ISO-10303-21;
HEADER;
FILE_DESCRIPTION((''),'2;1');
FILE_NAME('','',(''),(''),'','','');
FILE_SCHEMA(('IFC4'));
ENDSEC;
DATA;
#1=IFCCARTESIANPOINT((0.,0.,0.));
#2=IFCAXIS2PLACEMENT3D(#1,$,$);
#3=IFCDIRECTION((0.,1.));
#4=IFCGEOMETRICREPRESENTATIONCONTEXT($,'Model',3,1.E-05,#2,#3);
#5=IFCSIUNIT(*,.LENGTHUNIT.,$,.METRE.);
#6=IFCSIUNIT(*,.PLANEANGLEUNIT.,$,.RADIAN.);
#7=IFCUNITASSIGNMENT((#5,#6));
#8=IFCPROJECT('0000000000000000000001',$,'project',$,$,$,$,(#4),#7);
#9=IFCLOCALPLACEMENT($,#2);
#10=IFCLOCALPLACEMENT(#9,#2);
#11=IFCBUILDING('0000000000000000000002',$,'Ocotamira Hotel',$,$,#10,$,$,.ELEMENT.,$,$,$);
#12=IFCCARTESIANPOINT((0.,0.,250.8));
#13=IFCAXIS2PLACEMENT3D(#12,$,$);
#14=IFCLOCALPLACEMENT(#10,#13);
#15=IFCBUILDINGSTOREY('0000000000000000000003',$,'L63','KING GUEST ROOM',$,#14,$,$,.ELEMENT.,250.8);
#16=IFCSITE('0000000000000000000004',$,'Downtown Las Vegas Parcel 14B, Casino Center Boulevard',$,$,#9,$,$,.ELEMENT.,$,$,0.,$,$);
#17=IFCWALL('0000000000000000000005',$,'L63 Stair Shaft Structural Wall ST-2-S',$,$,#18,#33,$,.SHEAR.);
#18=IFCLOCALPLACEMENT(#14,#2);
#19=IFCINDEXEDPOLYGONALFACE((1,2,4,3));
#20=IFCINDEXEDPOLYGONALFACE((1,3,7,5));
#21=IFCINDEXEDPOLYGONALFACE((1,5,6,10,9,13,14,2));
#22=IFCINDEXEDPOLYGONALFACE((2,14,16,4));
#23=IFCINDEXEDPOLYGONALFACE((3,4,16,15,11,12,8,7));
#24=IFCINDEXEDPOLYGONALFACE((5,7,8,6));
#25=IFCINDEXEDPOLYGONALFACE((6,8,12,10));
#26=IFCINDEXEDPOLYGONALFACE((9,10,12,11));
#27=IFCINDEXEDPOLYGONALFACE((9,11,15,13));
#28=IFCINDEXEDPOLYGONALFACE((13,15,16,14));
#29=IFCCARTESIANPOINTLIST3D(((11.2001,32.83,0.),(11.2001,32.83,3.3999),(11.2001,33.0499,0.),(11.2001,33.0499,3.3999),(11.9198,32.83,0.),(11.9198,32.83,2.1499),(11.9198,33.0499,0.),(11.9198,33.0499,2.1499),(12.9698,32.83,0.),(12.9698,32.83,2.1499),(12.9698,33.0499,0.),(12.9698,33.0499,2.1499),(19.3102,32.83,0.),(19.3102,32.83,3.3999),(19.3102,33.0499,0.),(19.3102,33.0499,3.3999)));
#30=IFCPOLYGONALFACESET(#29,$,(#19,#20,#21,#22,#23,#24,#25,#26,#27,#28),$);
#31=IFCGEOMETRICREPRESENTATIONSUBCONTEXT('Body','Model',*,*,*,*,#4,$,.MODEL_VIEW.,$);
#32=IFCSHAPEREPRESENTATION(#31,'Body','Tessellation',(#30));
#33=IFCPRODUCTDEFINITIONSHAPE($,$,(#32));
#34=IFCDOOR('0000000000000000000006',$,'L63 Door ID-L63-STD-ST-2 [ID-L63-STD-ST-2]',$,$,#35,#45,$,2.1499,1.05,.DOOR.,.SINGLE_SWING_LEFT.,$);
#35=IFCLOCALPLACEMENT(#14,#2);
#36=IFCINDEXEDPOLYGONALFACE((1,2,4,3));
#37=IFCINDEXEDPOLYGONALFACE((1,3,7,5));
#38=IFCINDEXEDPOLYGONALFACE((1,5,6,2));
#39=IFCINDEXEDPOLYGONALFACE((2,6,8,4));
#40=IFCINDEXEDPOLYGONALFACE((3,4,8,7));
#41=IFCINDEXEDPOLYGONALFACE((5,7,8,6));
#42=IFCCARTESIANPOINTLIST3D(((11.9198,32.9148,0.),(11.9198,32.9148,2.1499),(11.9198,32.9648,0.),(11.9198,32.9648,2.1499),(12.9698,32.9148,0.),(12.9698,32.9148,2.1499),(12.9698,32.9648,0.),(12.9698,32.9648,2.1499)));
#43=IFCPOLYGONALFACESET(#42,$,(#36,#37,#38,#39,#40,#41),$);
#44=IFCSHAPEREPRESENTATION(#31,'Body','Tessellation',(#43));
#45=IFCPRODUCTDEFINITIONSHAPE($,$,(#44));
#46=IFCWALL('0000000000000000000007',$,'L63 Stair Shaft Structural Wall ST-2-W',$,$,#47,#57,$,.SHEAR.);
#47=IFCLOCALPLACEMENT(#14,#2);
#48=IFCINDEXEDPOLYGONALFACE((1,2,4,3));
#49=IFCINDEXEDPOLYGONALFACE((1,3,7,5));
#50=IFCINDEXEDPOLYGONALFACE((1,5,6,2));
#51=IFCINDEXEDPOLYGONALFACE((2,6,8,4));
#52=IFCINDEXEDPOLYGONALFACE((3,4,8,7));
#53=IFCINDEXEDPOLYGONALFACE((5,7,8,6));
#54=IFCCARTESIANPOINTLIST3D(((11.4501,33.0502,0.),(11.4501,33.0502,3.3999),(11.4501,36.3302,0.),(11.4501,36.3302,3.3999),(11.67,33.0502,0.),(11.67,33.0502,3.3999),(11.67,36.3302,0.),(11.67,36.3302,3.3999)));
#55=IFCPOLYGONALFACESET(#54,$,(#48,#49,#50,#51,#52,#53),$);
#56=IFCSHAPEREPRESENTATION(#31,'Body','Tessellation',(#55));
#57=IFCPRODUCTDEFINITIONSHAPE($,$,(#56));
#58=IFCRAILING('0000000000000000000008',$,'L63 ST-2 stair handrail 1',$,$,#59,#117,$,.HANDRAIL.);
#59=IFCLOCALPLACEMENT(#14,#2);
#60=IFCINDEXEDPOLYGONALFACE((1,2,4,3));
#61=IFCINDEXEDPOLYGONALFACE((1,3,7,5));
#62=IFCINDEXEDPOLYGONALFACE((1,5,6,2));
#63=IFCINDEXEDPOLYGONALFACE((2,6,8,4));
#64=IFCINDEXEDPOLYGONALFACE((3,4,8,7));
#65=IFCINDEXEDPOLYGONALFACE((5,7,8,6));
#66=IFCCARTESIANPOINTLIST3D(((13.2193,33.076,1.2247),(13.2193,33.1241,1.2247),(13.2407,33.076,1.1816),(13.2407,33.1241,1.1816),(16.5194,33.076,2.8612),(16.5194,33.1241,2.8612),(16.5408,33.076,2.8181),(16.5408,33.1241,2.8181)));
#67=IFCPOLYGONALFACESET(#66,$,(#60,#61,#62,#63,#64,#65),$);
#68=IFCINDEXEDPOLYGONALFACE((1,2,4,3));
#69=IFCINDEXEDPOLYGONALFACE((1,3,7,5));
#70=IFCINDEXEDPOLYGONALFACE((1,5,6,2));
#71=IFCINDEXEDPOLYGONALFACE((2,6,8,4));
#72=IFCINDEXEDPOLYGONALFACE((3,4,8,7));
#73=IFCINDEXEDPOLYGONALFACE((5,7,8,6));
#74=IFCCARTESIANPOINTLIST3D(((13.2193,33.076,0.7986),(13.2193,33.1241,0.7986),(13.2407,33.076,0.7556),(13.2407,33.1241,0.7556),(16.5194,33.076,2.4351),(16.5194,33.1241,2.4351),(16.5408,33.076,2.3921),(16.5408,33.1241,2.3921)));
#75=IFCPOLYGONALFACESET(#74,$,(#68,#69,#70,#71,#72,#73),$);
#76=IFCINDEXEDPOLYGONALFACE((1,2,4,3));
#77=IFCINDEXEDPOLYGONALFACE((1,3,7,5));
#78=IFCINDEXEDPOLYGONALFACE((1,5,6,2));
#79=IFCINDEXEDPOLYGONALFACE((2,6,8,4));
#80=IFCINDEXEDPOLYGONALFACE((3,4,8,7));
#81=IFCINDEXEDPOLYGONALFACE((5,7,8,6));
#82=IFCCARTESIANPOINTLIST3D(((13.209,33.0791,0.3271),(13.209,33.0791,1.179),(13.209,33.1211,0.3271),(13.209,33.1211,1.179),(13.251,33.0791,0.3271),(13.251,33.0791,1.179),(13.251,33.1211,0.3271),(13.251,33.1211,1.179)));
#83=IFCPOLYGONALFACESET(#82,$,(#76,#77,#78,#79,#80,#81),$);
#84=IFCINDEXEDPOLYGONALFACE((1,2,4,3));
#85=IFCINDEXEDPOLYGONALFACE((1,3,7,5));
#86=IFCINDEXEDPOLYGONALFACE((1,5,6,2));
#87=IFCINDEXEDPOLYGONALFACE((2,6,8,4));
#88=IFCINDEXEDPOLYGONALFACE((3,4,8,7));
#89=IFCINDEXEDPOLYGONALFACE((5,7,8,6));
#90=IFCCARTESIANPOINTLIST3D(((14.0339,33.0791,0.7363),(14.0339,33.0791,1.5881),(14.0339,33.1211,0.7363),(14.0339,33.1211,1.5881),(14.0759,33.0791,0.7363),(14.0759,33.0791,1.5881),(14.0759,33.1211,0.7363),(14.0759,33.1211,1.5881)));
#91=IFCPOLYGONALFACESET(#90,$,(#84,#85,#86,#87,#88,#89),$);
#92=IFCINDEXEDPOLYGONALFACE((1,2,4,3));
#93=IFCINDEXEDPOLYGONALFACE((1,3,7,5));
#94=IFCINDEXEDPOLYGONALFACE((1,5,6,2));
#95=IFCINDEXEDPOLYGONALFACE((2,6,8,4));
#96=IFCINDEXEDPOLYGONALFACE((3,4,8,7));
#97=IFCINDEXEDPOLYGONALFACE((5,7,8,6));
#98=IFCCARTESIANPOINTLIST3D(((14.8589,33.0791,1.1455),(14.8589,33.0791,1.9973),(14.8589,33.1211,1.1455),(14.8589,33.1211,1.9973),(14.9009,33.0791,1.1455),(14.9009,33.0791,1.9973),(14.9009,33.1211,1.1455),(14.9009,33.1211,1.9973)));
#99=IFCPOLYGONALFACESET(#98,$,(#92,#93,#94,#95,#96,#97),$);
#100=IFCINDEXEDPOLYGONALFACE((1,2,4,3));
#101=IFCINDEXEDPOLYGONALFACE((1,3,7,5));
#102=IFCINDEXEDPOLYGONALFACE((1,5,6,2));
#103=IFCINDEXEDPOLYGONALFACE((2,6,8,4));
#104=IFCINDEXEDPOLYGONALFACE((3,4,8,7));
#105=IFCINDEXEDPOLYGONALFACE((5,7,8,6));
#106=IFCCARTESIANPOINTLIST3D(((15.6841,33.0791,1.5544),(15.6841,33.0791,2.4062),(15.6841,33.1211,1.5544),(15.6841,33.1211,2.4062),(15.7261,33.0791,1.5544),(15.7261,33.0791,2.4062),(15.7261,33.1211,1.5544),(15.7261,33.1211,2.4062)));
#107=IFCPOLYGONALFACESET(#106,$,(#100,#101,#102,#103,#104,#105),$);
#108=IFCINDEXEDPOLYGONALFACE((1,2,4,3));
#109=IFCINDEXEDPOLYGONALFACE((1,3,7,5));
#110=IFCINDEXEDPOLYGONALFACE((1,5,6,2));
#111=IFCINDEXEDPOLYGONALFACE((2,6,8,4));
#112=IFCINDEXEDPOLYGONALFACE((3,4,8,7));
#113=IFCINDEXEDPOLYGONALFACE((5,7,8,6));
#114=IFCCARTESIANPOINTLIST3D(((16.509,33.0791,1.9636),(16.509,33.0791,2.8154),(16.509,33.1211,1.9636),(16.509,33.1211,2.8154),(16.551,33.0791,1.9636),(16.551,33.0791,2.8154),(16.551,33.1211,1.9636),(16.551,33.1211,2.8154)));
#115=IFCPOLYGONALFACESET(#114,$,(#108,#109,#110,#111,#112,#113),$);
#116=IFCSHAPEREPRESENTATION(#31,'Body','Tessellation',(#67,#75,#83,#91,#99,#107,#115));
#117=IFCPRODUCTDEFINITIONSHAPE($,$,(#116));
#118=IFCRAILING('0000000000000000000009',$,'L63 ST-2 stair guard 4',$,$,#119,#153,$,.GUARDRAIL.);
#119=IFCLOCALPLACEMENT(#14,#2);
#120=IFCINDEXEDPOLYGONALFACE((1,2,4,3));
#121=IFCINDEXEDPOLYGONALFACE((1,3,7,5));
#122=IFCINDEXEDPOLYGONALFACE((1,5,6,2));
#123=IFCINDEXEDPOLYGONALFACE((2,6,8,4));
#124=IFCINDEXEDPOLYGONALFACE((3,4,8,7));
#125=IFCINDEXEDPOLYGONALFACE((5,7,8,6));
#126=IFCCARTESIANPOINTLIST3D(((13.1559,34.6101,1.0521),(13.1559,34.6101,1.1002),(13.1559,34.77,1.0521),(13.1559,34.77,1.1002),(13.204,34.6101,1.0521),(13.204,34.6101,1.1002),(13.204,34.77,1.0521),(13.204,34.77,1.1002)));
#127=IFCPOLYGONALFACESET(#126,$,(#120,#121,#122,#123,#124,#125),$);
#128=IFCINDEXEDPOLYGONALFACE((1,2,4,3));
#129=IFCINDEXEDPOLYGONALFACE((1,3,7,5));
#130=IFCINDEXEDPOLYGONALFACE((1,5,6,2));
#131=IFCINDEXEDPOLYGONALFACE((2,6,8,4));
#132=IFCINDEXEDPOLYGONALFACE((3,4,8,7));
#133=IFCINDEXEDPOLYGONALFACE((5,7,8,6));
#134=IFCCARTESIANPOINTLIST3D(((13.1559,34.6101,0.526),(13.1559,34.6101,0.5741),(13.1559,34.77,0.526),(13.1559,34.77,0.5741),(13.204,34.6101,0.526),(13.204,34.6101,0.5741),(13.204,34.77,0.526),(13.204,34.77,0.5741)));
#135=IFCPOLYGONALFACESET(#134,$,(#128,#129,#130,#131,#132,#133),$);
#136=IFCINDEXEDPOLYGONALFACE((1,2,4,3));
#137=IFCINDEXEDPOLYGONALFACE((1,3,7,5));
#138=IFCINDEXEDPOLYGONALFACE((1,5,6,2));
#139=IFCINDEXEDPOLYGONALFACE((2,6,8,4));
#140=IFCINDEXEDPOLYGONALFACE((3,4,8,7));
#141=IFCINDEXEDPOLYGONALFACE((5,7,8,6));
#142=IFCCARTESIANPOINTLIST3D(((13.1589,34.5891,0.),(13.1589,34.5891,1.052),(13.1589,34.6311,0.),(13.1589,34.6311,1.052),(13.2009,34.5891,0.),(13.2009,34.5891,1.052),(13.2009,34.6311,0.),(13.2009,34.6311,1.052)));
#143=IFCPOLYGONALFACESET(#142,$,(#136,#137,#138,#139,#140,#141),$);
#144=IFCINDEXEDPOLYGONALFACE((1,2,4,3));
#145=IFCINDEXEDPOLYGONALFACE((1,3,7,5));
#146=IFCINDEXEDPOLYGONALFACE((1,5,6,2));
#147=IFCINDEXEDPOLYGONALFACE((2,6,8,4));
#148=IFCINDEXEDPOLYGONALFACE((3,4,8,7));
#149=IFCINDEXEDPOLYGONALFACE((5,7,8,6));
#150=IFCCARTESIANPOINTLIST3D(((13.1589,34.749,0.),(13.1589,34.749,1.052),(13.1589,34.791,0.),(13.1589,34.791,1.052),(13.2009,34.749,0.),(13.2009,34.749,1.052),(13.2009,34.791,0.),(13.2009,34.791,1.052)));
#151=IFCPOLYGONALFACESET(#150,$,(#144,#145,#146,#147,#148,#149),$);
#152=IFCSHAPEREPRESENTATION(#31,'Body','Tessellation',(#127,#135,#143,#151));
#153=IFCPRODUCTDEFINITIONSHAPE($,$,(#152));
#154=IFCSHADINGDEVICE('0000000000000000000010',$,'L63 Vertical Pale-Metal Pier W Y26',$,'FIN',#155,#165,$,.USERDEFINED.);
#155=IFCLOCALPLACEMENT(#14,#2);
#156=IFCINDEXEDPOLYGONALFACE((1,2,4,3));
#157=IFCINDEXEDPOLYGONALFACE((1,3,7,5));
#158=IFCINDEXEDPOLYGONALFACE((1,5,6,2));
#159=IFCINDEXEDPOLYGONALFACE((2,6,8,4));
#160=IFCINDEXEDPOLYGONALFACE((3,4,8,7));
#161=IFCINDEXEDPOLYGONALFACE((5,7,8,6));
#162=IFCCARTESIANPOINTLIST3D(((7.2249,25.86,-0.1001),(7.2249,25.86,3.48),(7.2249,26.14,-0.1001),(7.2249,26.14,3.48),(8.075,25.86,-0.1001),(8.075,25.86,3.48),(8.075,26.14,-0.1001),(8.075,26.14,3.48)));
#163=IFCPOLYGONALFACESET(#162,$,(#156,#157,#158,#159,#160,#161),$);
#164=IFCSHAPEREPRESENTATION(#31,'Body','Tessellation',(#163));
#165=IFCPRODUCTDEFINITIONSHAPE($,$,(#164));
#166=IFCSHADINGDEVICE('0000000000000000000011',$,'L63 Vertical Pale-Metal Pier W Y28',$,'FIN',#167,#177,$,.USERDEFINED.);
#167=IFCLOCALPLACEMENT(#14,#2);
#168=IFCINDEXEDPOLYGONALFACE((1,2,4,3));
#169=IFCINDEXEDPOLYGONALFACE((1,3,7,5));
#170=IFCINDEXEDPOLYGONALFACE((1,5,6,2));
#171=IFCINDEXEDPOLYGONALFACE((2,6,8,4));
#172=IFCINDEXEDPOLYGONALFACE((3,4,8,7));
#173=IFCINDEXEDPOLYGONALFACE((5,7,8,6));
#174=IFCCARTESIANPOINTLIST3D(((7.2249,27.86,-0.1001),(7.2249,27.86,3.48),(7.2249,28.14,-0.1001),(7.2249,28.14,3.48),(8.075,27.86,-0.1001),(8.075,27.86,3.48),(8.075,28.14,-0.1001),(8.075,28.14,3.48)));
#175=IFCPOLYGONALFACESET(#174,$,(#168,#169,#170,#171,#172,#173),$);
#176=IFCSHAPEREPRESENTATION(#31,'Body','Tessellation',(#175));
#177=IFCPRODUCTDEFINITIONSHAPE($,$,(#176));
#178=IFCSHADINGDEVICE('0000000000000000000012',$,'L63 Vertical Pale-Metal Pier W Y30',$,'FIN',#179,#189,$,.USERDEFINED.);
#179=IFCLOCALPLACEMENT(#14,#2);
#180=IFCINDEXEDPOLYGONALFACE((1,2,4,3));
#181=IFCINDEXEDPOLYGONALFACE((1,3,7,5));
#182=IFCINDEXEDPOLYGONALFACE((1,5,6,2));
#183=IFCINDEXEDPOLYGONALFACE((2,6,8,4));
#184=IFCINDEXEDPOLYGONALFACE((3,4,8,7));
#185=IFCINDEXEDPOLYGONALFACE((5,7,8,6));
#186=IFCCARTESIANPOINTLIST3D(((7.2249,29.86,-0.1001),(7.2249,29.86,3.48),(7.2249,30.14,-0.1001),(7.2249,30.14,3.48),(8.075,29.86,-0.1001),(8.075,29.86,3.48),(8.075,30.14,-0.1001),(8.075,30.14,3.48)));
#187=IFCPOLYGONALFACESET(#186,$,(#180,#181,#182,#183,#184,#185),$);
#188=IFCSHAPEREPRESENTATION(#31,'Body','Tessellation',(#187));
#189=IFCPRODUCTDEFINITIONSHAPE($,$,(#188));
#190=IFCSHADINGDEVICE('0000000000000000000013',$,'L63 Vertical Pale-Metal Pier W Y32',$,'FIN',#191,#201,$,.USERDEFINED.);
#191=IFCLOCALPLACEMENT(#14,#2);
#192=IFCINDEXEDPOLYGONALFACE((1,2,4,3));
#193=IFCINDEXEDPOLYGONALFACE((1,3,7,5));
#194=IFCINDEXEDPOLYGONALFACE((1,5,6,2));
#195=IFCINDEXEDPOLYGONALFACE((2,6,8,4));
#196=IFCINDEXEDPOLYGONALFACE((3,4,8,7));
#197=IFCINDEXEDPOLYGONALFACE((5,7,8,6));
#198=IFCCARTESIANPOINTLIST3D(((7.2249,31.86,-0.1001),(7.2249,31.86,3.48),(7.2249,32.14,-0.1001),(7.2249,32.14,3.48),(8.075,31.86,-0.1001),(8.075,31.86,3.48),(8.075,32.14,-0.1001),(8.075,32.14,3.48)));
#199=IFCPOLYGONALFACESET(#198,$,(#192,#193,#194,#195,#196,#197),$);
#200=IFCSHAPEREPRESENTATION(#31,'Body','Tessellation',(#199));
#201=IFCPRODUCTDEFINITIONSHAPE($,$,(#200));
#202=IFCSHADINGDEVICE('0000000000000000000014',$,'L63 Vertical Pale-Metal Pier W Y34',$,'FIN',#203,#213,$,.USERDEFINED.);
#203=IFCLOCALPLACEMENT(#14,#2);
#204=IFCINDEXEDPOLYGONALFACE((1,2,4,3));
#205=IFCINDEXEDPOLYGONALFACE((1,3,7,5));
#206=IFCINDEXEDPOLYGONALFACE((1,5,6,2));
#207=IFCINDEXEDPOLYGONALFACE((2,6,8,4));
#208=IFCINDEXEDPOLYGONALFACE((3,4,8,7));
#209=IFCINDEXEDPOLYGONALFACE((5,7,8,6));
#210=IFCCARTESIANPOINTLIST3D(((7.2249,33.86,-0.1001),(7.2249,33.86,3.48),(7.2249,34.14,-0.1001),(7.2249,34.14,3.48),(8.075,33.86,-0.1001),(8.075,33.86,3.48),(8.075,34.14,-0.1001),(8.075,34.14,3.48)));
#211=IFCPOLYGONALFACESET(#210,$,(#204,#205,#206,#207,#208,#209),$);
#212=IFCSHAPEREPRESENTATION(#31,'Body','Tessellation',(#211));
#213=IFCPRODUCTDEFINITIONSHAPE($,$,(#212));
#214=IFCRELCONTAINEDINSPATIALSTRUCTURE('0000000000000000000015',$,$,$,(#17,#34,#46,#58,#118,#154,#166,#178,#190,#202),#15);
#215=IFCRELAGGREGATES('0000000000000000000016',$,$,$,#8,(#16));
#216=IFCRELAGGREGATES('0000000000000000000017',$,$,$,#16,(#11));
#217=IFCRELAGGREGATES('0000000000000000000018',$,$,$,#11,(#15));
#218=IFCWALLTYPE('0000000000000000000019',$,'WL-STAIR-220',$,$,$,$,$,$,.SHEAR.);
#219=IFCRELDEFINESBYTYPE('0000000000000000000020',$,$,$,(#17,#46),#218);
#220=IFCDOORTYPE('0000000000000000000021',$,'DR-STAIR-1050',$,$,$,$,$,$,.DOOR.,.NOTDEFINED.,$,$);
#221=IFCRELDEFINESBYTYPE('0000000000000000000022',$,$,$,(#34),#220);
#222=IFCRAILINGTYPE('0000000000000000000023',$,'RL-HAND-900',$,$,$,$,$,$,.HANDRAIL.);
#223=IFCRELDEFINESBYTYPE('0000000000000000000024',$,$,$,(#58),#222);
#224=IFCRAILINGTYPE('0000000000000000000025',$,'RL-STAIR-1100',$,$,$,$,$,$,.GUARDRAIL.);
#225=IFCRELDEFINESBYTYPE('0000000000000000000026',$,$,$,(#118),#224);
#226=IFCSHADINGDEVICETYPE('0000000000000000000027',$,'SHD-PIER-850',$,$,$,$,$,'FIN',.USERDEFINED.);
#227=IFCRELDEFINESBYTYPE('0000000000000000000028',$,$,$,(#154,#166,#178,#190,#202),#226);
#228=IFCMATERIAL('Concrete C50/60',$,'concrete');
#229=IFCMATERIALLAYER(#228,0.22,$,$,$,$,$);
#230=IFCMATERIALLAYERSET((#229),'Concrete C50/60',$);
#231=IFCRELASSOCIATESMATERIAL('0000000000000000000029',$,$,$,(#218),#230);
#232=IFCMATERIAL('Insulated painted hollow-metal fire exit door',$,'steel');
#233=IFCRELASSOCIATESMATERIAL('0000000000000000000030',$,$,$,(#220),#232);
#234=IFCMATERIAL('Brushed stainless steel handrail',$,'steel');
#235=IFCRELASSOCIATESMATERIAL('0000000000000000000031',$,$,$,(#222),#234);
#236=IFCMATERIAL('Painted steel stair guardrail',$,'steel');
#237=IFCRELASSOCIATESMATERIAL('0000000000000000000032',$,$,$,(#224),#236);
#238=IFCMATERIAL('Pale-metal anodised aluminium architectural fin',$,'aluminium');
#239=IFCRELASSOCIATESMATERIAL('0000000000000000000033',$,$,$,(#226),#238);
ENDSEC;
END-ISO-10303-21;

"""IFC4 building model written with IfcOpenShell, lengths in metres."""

from ifc_helpers import new_model, si_unit, direction, frame, frame_2d, origin, origin_2d, place, context, subcontext, project, spatial, rectangle, extrude, source, transform, mapped, material, layer, layer_set, type_object, element, fill, save


model = new_model("IFC4")

# Units and contexts
model_context = context("Model", 3, precision=1e-05, world=origin(), true_north=direction((0.0, 1.0)))
body_context = subcontext(model_context, "Body", "Model", "MODEL_VIEW")
ifc_project = project(units=[si_unit("LENGTHUNIT", "METRE"), si_unit("PLANEANGLEUNIT", "RADIAN")], contexts=[model_context])

# Site, building, storey
site_placement = place(None, origin())
site = spatial("IfcSite", under=ifc_project, at=site_placement, Name="Downtown Las Vegas Parcel 14B, Casino Center Boulevard", CompositionType="ELEMENT", RefElevation=0.0)
building_placement = place(site_placement, origin())
building = spatial("IfcBuilding", under=site, at=building_placement, Name="Ocotamira Hotel", CompositionType="ELEMENT")
storey_placement = place(building_placement, frame((0.0, 0.0, 250.8)))
storey = spatial("IfcBuildingStorey", under=building, at=storey_placement, Name="L63", Description="KING GUEST ROOM", CompositionType="ELEMENT", Elevation=250.8)

# Wall, opening, door
ifc_material_1 = material(Name="Concrete C50/60", Category="concrete")
ifc_layer_1 = layer(ifc_material_1, 0.22)
ifc_layer_set_1 = layer_set([ifc_layer_1], Name="Concrete C50/60")
wall_type_1 = type_object("IfcWallType", Name="WL-STAIR-220", PredefinedType="SHEAR", material=ifc_layer_set_1)
wall_1_placement = place(storey_placement, frame((11.2, 32.9399, 0.0), z_axis=(0.0, 0.0, 1.0), x_axis=(1.0, 0.0, 0.0)))
wall_1 = element("IfcWall", 1, at=wall_1_placement, inside=storey, type_object=wall_type_1, Name="L63 Stair Shaft Structural Wall ST-2-S", PredefinedType="SHEAR", context=body_context, shape_type="SweptSolid", body=[
    extrude(rectangle(XDim=8.1101, YDim=0.22, at=frame_2d((4.0552, 0.0))), origin(), (0.0, 0.0, 1.0), 3.3999),
])
opening_placement = place(wall_1_placement, frame((0.72, 0.0, 0.0)))
opening = element("IfcOpeningElement", 2, at=opening_placement, cuts=wall_1, PredefinedType="OPENING", context=body_context, shape_type="SweptSolid", body=[
    extrude(rectangle(XDim=1.05, YDim=2.1499, at=frame_2d((0.5249, 1.075))), frame((0.0, 0.1201, 0.0), z_axis=(0.0, -1.0, 0.0), x_axis=(1.0, 0.0, 0.0)), (0.0, 0.0, 1.0), 0.24),
])
ifc_material_2 = material(Name="Insulated painted hollow-metal fire exit door", Category="steel")
door_type = type_object("IfcDoorType", Name="DR-STAIR-1050", OperationType="NOTDEFINED", PredefinedType="DOOR", material=ifc_material_2)
shared_shape_1 = source(origin(), body_context, "Body", "SweptSolid", [
    extrude(rectangle(XDim=1.05, YDim=2.1499, at=frame_2d((0.5249, 1.075))), frame((0.0, 0.0249, 0.0), z_axis=(0.0, -1.0, 0.0), x_axis=(1.0, 0.0, 0.0)), (0.0, 0.0, 1.0), 0.05),
])
door_placement = place(opening_placement, origin())
door = element("IfcDoor", 3, at=door_placement, inside=storey, type_object=door_type, Name="L63 Door ID-L63-STD-ST-2 [ID-L63-STD-ST-2]", OperationType="SINGLE_SWING_LEFT", OverallHeight=2.1499, OverallWidth=1.05, PredefinedType="DOOR", context=body_context, shape_type="MappedRepresentation", body=[
    mapped(shared_shape_1, transform((0.0, 0.0, 0.0), scale=1.0)),
])
fill(opening, door)

# Wall
wall_2_placement = place(storey_placement, frame((11.5601, 33.05, 0.0), z_axis=(0.0, 0.0, 1.0), x_axis=(0.0, 1.0, 0.0)))
element("IfcWall", 4, at=wall_2_placement, inside=storey, type_object=wall_type_1, Name="L63 Stair Shaft Structural Wall ST-2-W", PredefinedType="SHEAR", context=body_context, shape_type="SweptSolid", body=[
    extrude(rectangle(XDim=3.28, YDim=0.22, at=frame_2d((1.6401, 0.0))), origin(), (0.0, 0.0, 1.0), 3.3999),
])

# Railings
ifc_material_3 = material(Name="Brushed stainless steel handrail", Category="steel")
railing_type_1 = type_object("IfcRailingType", Name="RL-HAND-900", PredefinedType="HANDRAIL", material=ifc_material_3)
railing_1_placement = place(storey_placement, frame((13.23, 33.1001, 0.3271)))
element("IfcRailing", 5, at=railing_1_placement, inside=storey, type_object=railing_type_1, Name="L63 ST-2 stair handrail 1", PredefinedType="HANDRAIL", context=body_context, shape_type="SweptSolid", body=[
    extrude(rectangle(XDim=0.0481, YDim=0.0481, at=origin_2d()), frame((0.0, 0.0, 0.876), z_axis=(0.895894, 0.0, 0.444268), x_axis=(0.0, 1.0, 0.0)), (0.0, 0.0, 1.0), 3.6836),
    extrude(rectangle(XDim=0.0481, YDim=0.0481, at=origin_2d()), frame((0.0, 0.0, 0.45), z_axis=(0.895894, 0.0, 0.444268), x_axis=(0.0, 1.0, 0.0)), (0.0, 0.0, 1.0), 3.6836),
    extrude(rectangle(XDim=0.042, YDim=0.042, at=origin_2d()), origin(), (0.0, 0.0, 1.0), 0.8518),
    extrude(rectangle(XDim=0.042, YDim=0.042, at=origin_2d()), frame((0.825, 0.0, 0.4092)), (0.0, 0.0, 1.0), 0.8518),
    extrude(rectangle(XDim=0.042, YDim=0.042, at=origin_2d()), frame((1.6499, 0.0, 0.8184)), (0.0, 0.0, 1.0), 0.8518),
    extrude(rectangle(XDim=0.042, YDim=0.042, at=origin_2d()), frame((2.4751, 0.0, 1.2273)), (0.0, 0.0, 1.0), 0.8518),
    extrude(rectangle(XDim=0.042, YDim=0.042, at=origin_2d()), frame((3.3, 0.0, 1.6365)), (0.0, 0.0, 1.0), 0.8518),
])
ifc_material_4 = material(Name="Painted steel stair guardrail", Category="steel")
railing_type_2 = type_object("IfcRailingType", Name="RL-STAIR-1100", PredefinedType="GUARDRAIL", material=ifc_material_4)
railing_2_placement = place(storey_placement, frame((13.1799, 34.6101, 0.0)))
element("IfcRailing", 6, at=railing_2_placement, inside=storey, type_object=railing_type_2, Name="L63 ST-2 stair guard 4", PredefinedType="GUARDRAIL", context=body_context, shape_type="SweptSolid", body=[
    extrude(rectangle(XDim=0.0481, YDim=0.0481, at=origin_2d()), frame((0.0, 0.0, 1.0762), z_axis=(0.0, 1.0, 0.0), x_axis=(-1.0, 0.0, 0.0)), (0.0, 0.0, 1.0), 0.1599),
    extrude(rectangle(XDim=0.0481, YDim=0.0481, at=origin_2d()), frame((0.0, 0.0, 0.55), z_axis=(0.0, 1.0, 0.0), x_axis=(-1.0, 0.0, 0.0)), (0.0, 0.0, 1.0), 0.1599),
    extrude(rectangle(XDim=0.042, YDim=0.042, at=origin_2d()), origin(), (0.0, 0.0, 1.0), 1.052),
    extrude(rectangle(XDim=0.042, YDim=0.042, at=origin_2d()), frame((0.0, 0.1599, 0.0)), (0.0, 0.0, 1.0), 1.052),
])

# Shading devices
ifc_material_5 = material(Name="Pale-metal anodised aluminium architectural fin", Category="aluminium")
shading_device_type = type_object("IfcShadingDeviceType", Name="SHD-PIER-850", ElementType="FIN", PredefinedType="USERDEFINED", material=ifc_material_5)
shared_shape_2 = source(origin(), body_context, "Body", "SweptSolid", [
    extrude(rectangle(XDim=0.8501, YDim=0.28, at=origin_2d()), origin(), (0.0, 0.0, 1.0), 3.5801),
])
for number, where, z_axis, x_axis, name in (
    (7, (7.6499, 26.0, -0.1001), (0.0, 0.0, 1.0), (1.0, 0.0, 0.0), "L63 Vertical Pale-Metal Pier W Y26"),
    (8, (7.6499, 28.0, -0.1001), (0.0, 0.0, 1.0), (1.0, 0.0, 0.0), "L63 Vertical Pale-Metal Pier W Y28"),
    (9, (7.6499, 30.0, -0.1001), (0.0, 0.0, 1.0), (1.0, 0.0, 0.0), "L63 Vertical Pale-Metal Pier W Y30"),
    (10, (7.6499, 32.0, -0.1001), (0.0, 0.0, 1.0), (1.0, 0.0, 0.0), "L63 Vertical Pale-Metal Pier W Y32"),
    (11, (7.6499, 34.0, -0.1001), (0.0, 0.0, 1.0), (1.0, 0.0, 0.0), "L63 Vertical Pale-Metal Pier W Y34"),
):
    element("IfcShadingDevice", number, at=place(storey_placement, frame(where, z_axis=z_axis, x_axis=x_axis)), inside=storey, type_object=shading_device_type, Name=name, ObjectType="FIN", PredefinedType="USERDEFINED", context=body_context, shape_type="MappedRepresentation", body=[
        mapped(shared_shape_2, transform((0.0, 0.0, 0.0), scale=1.0)),
    ])

save(model, "model.ifc")
